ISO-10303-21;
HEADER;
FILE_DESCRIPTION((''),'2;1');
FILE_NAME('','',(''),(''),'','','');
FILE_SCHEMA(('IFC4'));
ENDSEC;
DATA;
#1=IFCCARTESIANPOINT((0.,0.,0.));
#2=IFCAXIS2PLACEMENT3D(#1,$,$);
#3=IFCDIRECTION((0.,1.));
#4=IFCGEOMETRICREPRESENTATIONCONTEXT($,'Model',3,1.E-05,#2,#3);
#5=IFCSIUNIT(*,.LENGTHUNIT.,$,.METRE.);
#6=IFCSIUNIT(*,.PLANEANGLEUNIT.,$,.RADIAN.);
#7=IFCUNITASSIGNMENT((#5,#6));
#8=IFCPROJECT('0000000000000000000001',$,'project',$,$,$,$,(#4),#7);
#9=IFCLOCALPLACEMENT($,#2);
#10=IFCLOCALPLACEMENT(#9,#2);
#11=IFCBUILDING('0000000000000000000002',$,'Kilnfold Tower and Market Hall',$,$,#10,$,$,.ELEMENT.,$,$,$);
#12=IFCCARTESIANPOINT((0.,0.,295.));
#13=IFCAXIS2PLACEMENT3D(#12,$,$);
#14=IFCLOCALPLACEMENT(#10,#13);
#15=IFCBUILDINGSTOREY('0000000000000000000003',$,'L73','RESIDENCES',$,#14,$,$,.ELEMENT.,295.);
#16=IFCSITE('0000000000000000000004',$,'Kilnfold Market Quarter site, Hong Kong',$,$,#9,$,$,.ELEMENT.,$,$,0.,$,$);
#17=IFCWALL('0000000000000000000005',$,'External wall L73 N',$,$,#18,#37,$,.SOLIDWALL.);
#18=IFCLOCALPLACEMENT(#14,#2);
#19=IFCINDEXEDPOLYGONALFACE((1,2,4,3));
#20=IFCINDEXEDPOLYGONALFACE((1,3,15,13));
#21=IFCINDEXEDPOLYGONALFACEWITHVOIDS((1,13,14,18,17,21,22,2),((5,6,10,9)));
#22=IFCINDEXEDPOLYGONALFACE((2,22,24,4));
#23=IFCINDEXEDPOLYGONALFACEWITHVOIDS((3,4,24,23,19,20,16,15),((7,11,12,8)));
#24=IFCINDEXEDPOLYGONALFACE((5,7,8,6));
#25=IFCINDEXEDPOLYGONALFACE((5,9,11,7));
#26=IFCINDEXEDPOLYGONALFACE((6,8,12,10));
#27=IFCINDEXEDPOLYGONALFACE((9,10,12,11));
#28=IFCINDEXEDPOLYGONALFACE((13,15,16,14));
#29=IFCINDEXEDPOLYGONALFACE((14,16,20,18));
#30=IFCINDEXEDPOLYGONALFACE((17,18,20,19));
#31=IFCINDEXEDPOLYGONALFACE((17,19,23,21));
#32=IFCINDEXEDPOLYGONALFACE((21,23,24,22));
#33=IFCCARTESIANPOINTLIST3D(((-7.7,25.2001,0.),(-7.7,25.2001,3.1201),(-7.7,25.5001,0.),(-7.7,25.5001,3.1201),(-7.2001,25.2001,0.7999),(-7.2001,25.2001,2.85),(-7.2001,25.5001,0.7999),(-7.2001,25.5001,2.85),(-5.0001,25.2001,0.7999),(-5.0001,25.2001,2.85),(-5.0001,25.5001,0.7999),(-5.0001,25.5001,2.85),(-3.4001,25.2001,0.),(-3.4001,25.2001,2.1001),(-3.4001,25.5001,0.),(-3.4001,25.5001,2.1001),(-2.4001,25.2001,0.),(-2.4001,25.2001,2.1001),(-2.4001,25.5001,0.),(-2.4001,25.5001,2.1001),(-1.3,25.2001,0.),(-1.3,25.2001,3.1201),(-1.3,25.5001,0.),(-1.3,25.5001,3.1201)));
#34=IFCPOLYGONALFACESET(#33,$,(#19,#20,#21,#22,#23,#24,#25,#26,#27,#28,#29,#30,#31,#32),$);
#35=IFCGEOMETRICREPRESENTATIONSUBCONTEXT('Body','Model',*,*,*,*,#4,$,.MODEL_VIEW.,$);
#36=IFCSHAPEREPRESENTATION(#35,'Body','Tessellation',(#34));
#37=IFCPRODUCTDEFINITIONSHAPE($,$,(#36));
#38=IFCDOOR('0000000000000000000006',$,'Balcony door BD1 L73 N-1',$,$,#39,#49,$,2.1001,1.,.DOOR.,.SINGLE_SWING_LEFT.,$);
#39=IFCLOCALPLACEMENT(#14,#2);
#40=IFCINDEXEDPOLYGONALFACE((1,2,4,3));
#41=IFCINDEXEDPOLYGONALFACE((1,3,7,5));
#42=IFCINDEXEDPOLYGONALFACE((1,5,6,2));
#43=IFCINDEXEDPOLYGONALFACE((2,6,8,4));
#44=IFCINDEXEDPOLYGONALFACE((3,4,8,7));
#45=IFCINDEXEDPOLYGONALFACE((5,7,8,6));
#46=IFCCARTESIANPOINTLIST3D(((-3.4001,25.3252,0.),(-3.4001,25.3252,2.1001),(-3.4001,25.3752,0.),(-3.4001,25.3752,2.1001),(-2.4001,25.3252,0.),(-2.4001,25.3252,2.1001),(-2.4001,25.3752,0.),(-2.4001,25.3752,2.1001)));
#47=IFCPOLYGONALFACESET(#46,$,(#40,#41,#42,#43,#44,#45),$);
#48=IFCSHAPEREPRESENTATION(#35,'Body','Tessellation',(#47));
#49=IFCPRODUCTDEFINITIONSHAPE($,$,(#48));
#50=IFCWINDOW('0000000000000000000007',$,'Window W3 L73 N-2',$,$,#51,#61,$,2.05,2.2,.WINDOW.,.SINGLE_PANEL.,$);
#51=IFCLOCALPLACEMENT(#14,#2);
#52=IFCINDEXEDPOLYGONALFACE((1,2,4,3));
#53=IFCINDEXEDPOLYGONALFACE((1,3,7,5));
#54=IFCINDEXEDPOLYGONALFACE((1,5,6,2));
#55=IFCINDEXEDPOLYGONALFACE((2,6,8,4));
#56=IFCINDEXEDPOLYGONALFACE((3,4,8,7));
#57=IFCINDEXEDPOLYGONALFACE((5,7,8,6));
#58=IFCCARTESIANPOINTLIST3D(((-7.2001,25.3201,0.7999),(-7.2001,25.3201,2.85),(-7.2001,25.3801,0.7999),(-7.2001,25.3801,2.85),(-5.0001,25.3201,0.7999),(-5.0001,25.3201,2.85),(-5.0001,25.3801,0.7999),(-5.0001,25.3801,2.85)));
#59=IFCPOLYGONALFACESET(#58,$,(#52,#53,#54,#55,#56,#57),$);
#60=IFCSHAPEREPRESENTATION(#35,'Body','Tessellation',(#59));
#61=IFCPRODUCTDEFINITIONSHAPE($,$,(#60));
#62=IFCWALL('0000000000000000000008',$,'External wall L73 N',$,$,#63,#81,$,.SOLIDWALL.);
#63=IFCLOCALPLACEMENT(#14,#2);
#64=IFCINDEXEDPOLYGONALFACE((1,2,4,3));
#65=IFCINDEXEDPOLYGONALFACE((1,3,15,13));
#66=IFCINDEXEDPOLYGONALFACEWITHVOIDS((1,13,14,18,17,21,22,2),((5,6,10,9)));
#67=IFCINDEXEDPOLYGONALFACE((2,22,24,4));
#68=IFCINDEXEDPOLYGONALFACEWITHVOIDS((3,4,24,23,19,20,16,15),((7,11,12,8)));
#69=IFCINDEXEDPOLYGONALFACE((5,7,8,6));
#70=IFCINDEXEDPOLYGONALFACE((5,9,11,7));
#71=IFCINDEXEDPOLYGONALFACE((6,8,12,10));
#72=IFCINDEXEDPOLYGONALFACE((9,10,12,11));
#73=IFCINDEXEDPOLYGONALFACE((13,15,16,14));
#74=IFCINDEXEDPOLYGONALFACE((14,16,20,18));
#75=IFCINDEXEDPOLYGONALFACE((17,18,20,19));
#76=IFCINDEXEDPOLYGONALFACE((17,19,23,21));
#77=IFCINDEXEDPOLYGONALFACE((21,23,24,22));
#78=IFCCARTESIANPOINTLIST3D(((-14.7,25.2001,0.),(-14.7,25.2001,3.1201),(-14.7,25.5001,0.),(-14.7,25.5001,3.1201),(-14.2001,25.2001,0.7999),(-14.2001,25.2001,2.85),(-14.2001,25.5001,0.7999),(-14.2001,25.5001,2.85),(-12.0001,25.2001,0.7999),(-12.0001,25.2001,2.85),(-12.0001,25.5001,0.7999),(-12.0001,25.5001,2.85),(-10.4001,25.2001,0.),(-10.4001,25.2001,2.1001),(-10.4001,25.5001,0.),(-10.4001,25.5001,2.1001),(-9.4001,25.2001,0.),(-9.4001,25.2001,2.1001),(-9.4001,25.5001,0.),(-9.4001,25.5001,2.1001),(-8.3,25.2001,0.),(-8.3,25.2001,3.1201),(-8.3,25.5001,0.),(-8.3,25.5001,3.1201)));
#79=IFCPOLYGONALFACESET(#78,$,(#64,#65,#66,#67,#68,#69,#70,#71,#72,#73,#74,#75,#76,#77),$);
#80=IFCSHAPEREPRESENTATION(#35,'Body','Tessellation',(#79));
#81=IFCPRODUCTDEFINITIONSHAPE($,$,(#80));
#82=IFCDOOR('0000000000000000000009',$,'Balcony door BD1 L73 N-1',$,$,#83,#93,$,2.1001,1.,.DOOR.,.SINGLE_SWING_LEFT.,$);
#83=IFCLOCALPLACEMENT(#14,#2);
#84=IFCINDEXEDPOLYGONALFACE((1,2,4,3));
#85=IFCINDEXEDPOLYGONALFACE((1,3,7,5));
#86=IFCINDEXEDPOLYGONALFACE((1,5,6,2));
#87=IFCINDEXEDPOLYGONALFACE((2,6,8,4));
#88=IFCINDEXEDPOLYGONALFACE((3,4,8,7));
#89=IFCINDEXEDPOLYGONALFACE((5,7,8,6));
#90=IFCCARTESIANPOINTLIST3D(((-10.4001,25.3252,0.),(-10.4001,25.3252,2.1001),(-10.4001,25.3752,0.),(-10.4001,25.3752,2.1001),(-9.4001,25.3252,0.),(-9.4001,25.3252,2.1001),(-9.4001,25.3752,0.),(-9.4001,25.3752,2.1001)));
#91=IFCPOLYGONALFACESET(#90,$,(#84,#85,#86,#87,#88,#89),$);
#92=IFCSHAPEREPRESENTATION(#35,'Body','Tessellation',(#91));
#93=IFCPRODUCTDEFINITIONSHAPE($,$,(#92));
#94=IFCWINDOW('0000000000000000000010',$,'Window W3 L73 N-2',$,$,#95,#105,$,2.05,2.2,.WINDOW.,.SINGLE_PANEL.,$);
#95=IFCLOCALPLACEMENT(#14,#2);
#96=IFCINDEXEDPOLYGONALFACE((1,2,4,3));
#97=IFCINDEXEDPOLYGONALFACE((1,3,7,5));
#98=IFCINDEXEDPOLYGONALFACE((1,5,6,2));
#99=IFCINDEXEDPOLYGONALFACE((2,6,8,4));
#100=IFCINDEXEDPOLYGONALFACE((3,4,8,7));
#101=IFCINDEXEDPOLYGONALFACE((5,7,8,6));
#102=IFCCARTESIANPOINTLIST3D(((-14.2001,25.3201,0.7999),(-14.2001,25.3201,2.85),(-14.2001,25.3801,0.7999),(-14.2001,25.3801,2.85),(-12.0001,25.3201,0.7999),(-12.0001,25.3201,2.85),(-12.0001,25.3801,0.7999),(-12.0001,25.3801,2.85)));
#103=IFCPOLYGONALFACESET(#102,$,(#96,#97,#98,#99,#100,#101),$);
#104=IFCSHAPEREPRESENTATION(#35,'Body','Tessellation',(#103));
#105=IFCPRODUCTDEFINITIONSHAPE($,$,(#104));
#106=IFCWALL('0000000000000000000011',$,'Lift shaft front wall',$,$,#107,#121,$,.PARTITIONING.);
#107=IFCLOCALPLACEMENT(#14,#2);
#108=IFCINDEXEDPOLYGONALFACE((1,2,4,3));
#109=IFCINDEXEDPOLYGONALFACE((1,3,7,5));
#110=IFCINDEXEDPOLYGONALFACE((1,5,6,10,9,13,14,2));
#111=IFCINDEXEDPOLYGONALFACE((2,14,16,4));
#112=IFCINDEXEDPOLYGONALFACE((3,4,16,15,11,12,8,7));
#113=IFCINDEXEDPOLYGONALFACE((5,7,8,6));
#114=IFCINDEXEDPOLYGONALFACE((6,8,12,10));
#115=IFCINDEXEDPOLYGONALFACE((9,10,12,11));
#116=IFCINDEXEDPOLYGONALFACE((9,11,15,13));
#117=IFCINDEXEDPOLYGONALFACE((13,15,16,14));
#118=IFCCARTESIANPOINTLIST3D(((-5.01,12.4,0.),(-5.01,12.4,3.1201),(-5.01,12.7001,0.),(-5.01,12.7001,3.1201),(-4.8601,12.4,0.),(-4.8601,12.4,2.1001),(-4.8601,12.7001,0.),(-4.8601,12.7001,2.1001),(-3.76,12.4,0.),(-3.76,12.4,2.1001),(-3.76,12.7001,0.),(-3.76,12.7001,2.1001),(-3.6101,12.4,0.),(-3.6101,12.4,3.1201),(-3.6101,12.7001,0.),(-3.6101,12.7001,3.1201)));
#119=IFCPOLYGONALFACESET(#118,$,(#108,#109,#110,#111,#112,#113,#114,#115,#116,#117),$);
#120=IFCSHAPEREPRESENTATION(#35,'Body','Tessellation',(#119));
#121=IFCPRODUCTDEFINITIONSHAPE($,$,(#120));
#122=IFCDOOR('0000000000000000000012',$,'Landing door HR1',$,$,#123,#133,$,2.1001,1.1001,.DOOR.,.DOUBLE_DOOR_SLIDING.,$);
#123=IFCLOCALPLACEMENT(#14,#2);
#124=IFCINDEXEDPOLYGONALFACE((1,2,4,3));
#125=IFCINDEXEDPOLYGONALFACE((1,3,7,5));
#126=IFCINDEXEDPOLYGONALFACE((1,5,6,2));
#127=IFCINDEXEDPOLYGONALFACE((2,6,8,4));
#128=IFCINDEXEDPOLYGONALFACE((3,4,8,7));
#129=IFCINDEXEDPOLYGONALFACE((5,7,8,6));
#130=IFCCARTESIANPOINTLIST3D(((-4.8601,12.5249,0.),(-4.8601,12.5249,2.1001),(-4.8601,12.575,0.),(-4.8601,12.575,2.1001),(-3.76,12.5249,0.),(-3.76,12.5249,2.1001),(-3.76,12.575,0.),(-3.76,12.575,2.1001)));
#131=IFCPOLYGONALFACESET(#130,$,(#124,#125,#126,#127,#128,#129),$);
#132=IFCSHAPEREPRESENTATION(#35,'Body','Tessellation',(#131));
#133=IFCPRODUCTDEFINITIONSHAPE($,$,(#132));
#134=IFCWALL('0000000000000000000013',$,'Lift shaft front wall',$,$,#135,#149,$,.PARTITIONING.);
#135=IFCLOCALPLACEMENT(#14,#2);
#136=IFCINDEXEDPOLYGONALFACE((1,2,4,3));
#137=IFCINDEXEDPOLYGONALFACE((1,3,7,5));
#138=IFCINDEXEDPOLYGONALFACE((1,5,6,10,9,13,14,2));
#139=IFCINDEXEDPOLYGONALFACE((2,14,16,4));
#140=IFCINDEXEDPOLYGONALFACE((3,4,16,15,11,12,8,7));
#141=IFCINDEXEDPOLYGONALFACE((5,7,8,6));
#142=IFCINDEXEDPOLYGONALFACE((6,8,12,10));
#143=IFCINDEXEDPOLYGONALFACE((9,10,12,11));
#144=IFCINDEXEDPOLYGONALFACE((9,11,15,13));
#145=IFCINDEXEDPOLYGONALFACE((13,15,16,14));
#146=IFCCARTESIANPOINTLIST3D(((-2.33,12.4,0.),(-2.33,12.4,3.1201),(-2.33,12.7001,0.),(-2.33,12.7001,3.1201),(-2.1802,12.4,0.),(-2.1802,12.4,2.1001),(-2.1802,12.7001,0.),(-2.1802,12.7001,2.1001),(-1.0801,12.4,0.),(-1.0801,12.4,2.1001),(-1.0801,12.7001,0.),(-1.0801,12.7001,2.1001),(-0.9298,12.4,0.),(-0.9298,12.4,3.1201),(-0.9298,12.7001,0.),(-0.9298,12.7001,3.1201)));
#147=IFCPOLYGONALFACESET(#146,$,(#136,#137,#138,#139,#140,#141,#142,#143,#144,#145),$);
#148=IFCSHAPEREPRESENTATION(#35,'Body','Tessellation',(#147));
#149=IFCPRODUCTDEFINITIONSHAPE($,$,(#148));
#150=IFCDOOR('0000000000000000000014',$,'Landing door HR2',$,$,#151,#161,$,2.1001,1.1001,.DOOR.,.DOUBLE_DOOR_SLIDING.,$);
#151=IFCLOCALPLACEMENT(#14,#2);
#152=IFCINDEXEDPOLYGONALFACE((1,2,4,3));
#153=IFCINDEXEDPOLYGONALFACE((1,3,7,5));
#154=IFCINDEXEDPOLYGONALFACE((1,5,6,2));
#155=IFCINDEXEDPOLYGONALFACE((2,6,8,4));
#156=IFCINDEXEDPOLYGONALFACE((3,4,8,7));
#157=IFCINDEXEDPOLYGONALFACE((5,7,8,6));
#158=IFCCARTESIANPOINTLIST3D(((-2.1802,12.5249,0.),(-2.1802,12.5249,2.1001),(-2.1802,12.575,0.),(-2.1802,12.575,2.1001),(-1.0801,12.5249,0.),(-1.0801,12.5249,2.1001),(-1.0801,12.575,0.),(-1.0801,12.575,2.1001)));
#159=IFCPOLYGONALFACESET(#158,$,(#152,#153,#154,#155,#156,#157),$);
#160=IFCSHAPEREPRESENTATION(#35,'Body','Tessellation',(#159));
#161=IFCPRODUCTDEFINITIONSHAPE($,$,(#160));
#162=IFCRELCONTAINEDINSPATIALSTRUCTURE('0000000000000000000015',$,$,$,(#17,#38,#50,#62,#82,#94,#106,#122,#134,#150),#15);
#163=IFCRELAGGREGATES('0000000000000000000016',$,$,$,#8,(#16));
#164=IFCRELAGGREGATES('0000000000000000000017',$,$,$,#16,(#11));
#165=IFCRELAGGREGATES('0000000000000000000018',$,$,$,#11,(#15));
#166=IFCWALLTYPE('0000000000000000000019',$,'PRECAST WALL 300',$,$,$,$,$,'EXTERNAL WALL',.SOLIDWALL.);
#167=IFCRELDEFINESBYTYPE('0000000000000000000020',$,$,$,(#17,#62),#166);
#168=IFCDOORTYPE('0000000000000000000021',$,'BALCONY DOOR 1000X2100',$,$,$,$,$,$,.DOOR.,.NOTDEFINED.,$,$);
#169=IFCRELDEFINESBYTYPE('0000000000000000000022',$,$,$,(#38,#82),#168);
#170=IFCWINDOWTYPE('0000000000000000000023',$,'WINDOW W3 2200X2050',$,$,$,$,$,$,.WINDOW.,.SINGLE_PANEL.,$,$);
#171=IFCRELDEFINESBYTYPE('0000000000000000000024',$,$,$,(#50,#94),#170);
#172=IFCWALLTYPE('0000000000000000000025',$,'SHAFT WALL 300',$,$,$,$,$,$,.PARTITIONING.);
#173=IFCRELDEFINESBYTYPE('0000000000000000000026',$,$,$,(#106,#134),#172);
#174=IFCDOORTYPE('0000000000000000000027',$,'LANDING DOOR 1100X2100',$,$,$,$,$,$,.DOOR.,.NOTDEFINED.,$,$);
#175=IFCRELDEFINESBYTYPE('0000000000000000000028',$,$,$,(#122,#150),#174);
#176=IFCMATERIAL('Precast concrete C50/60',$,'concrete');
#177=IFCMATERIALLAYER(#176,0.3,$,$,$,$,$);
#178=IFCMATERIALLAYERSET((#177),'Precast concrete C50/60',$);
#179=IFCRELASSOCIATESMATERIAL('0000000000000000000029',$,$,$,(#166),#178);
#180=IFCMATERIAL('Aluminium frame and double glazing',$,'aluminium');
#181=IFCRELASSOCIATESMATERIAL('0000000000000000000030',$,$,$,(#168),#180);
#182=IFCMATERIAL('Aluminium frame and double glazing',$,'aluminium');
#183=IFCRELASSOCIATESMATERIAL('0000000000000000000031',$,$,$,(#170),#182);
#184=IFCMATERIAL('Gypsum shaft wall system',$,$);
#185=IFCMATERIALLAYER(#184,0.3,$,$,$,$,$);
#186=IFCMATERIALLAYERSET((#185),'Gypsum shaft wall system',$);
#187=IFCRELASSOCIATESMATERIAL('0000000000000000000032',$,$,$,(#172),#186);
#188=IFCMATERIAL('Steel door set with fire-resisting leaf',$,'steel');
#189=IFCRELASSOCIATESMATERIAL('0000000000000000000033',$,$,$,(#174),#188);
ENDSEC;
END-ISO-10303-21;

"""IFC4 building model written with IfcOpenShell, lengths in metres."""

from ifc_helpers import new_model, si_unit, direction, frame, frame_2d, origin, place, context, subcontext, project, spatial, rectangle, extrude, source, transform, mapped, material, layer, layer_set, type_object, element, fill, save


model = new_model("IFC4")

# Units and contexts
model_context = context("Model", 3, precision=1e-05, world=origin(), true_north=direction((0.0, 1.0)))
body_context = subcontext(model_context, "Body", "Model", "MODEL_VIEW")
ifc_project = project(units=[si_unit("LENGTHUNIT", "METRE"), si_unit("PLANEANGLEUNIT", "RADIAN")], contexts=[model_context])

# Site, building, storey
site_placement = place(None, origin())
site = spatial("IfcSite", under=ifc_project, at=site_placement, Name="Kilnfold Market Quarter site, Hong Kong", CompositionType="ELEMENT", RefElevation=0.0)
building_placement = place(site_placement, origin())
building = spatial("IfcBuilding", under=site, at=building_placement, Name="Kilnfold Tower and Market Hall", CompositionType="ELEMENT")
storey_placement = place(building_placement, frame((0.0, 0.0, 295.0)))
storey = spatial("IfcBuildingStorey", under=building, at=storey_placement, Name="L73", Description="RESIDENCES", CompositionType="ELEMENT", Elevation=295.0)

# Walls, openings, doors, windows
ifc_material_1 = material(Name="Precast concrete C50/60", Category="concrete")
ifc_layer_1 = layer(ifc_material_1, 0.3)
ifc_layer_set_1 = layer_set([ifc_layer_1], Name="Precast concrete C50/60")
wall_type_1 = type_object("IfcWallType", Name="PRECAST WALL 300", ElementType="EXTERNAL WALL", PredefinedType="SOLIDWALL", material=ifc_layer_set_1)
shared_shape_1 = source(origin(), body_context, "Body", "SweptSolid", [
    extrude(rectangle(XDim=6.3999, YDim=0.3, at=frame_2d((3.2, 0.0))), origin(), (0.0, 0.0, 1.0), 3.1201),
])
wall_1_placement = place(storey_placement, frame((-1.3, 25.3501, 0.0), z_axis=(0.0, 0.0, 1.0), x_axis=(-1.0, 0.0, 0.0)))
wall_1 = element("IfcWall", 1, at=wall_1_placement, inside=storey, type_object=wall_type_1, Name="External wall L73 N", PredefinedType="SOLIDWALL", context=body_context, shape_type="MappedRepresentation", body=[
    mapped(shared_shape_1, transform((0.0, 0.0, 0.0))),
])
opening_1_placement = place(wall_1_placement, frame((1.1001, 0.0, 0.0)))
opening_1 = element("IfcOpeningElement", 2, at=opening_1_placement, cuts=wall_1, PredefinedType="OPENING", context=body_context, shape_type="SweptSolid", body=[
    extrude(rectangle(XDim=1.0, YDim=2.1001, at=frame_2d((0.5, 1.05))), frame((0.0, 0.1602, 0.0), z_axis=(0.0, -1.0, 0.0), x_axis=(1.0, 0.0, 0.0)), (0.0, 0.0, 1.0), 0.3201),
])
opening_2_placement = place(wall_1_placement, frame((3.7, 0.0, 0.8)))
opening_2 = element("IfcOpeningElement", 3, at=opening_2_placement, cuts=wall_1, PredefinedType="OPENING", context=body_context, shape_type="SweptSolid", body=[
    extrude(rectangle(XDim=2.2, YDim=2.05, at=frame_2d((1.1001, 1.0249))), frame((0.0, 0.1602, 0.0), z_axis=(0.0, -1.0, 0.0), x_axis=(1.0, 0.0, 0.0)), (0.0, 0.0, 1.0), 0.3201),
])
ifc_material_2 = material(Name="Aluminium frame and double glazing", Category="aluminium")
door_type_1 = type_object("IfcDoorType", Name="BALCONY DOOR 1000X2100", OperationType="NOTDEFINED", PredefinedType="DOOR", material=ifc_material_2)
door_1_placement = place(opening_1_placement, origin())
door_1 = element("IfcDoor", 4, at=door_1_placement, inside=storey, type_object=door_type_1, Name="Balcony door BD1 L73 N-1", OperationType="SINGLE_SWING_LEFT", OverallHeight=2.1001, OverallWidth=1.0, PredefinedType="DOOR", context=body_context, shape_type="SweptSolid", body=[
    extrude(rectangle(XDim=1.0, YDim=2.1001, at=frame_2d((0.5, 1.05))), frame((0.0, 0.0249, 0.0), z_axis=(0.0, -1.0, 0.0), x_axis=(1.0, 0.0, 0.0)), (0.0, 0.0, 1.0), 0.05),
])
fill(opening_1, door_1)
ifc_material_3 = material(Name="Aluminium frame and double glazing", Category="aluminium")
window_type = type_object("IfcWindowType", Name="WINDOW W3 2200X2050", PartitioningType="SINGLE_PANEL", PredefinedType="WINDOW", material=ifc_material_3)
window_1_placement = place(opening_2_placement, origin())
window_1 = element("IfcWindow", 5, at=window_1_placement, inside=storey, type_object=window_type, Name="Window W3 L73 N-2", OverallHeight=2.05, OverallWidth=2.2, PartitioningType="SINGLE_PANEL", PredefinedType="WINDOW", context=body_context, shape_type="SweptSolid", body=[
    extrude(rectangle(XDim=2.2, YDim=2.05, at=frame_2d((1.1001, 1.0249))), frame((0.0, 0.03, 0.0), z_axis=(0.0, -1.0, 0.0), x_axis=(1.0, 0.0, 0.0)), (0.0, 0.0, 1.0), 0.0601),
])
fill(opening_2, window_1)
wall_2_placement = place(storey_placement, frame((-8.3, 25.3501, 0.0), z_axis=(0.0, 0.0, 1.0), x_axis=(-1.0, 0.0, 0.0)))
wall_2 = element("IfcWall", 6, at=wall_2_placement, inside=storey, type_object=wall_type_1, Name="External wall L73 N", PredefinedType="SOLIDWALL", context=body_context, shape_type="MappedRepresentation", body=[
    mapped(shared_shape_1, transform((0.0, 0.0, 0.0))),
])
opening_3_placement = place(wall_2_placement, frame((1.1001, 0.0, 0.0)))
opening_3 = element("IfcOpeningElement", 7, at=opening_3_placement, cuts=wall_2, PredefinedType="OPENING", context=body_context, shape_type="SweptSolid", body=[
    extrude(rectangle(XDim=1.0, YDim=2.1001, at=frame_2d((0.5, 1.05))), frame((0.0, 0.1602, 0.0), z_axis=(0.0, -1.0, 0.0), x_axis=(1.0, 0.0, 0.0)), (0.0, 0.0, 1.0), 0.3201),
])
opening_4_placement = place(wall_2_placement, frame((3.7, 0.0, 0.8)))
opening_4 = element("IfcOpeningElement", 8, at=opening_4_placement, cuts=wall_2, PredefinedType="OPENING", context=body_context, shape_type="SweptSolid", body=[
    extrude(rectangle(XDim=2.2, YDim=2.05, at=frame_2d((1.1001, 1.0249))), frame((0.0, 0.1602, 0.0), z_axis=(0.0, -1.0, 0.0), x_axis=(1.0, 0.0, 0.0)), (0.0, 0.0, 1.0), 0.3201),
])
door_2_placement = place(opening_3_placement, origin())
door_2 = element("IfcDoor", 9, at=door_2_placement, inside=storey, type_object=door_type_1, Name="Balcony door BD1 L73 N-1", OperationType="SINGLE_SWING_LEFT", OverallHeight=2.1001, OverallWidth=1.0, PredefinedType="DOOR", context=body_context, shape_type="SweptSolid", body=[
    extrude(rectangle(XDim=1.0, YDim=2.1001, at=frame_2d((0.5, 1.05))), frame((0.0, 0.0249, 0.0), z_axis=(0.0, -1.0, 0.0), x_axis=(1.0, 0.0, 0.0)), (0.0, 0.0, 1.0), 0.05),
])
fill(opening_3, door_2)
window_2_placement = place(opening_4_placement, origin())
window_2 = element("IfcWindow", 10, at=window_2_placement, inside=storey, type_object=window_type, Name="Window W3 L73 N-2", OverallHeight=2.05, OverallWidth=2.2, PartitioningType="SINGLE_PANEL", PredefinedType="WINDOW", context=body_context, shape_type="SweptSolid", body=[
    extrude(rectangle(XDim=2.2, YDim=2.05, at=frame_2d((1.1001, 1.0249))), frame((0.0, 0.03, 0.0), z_axis=(0.0, -1.0, 0.0), x_axis=(1.0, 0.0, 0.0)), (0.0, 0.0, 1.0), 0.0601),
])
fill(opening_4, window_2)

# Walls, openings, doors
ifc_material_4 = material(Name="Gypsum shaft wall system")
ifc_layer_2 = layer(ifc_material_4, 0.3)
ifc_layer_set_2 = layer_set([ifc_layer_2], Name="Gypsum shaft wall system")
wall_type_2 = type_object("IfcWallType", Name="SHAFT WALL 300", PredefinedType="PARTITIONING", material=ifc_layer_set_2)
shared_shape_2 = source(origin(), body_context, "Body", "SweptSolid", [
    extrude(rectangle(XDim=1.3999, YDim=0.3, at=frame_2d((0.7, 0.0))), origin(), (0.0, 0.0, 1.0), 3.1201),
])
wall_3_placement = place(storey_placement, frame((-5.01, 12.55, 0.0), z_axis=(0.0, 0.0, 1.0), x_axis=(1.0, 0.0, 0.0)))
wall_3 = element("IfcWall", 11, at=wall_3_placement, inside=storey, type_object=wall_type_2, Name="Lift shaft front wall", PredefinedType="PARTITIONING", context=body_context, shape_type="MappedRepresentation", body=[
    mapped(shared_shape_2, transform((0.0, 0.0, 0.0))),
])
opening_5_placement = place(wall_3_placement, frame((0.1499, 0.0, 0.0)))
opening_5 = element("IfcOpeningElement", 12, at=opening_5_placement, cuts=wall_3, PredefinedType="OPENING", context=body_context, shape_type="SweptSolid", body=[
    extrude(rectangle(XDim=1.1001, YDim=2.1001, at=frame_2d((0.55, 1.05))), frame((0.0, 0.1602, 0.0), z_axis=(0.0, -1.0, 0.0), x_axis=(1.0, 0.0, 0.0)), (0.0, 0.0, 1.0), 0.3201),
])
ifc_material_5 = material(Name="Steel door set with fire-resisting leaf", Category="steel")
door_type_2 = type_object("IfcDoorType", Name="LANDING DOOR 1100X2100", OperationType="NOTDEFINED", PredefinedType="DOOR", material=ifc_material_5)
door_3_placement = place(opening_5_placement, origin())
door_3 = element("IfcDoor", 13, at=door_3_placement, inside=storey, type_object=door_type_2, Name="Landing door HR1", OperationType="DOUBLE_DOOR_SLIDING", OverallHeight=2.1001, OverallWidth=1.1001, PredefinedType="DOOR", context=body_context, shape_type="SweptSolid", body=[
    extrude(rectangle(XDim=1.1001, YDim=2.1001, at=frame_2d((0.55, 1.05))), frame((0.0, 0.0249, 0.0), z_axis=(0.0, -1.0, 0.0), x_axis=(1.0, 0.0, 0.0)), (0.0, 0.0, 1.0), 0.05),
])
fill(opening_5, door_3)
shared_shape_3 = source(origin(), body_context, "Body", "SweptSolid", [
    extrude(rectangle(XDim=1.4001, YDim=0.3, at=frame_2d((0.7002, 0.0))), origin(), (0.0, 0.0, 1.0), 3.1201),
])
wall_4_placement = place(storey_placement, frame((-2.3301, 12.55, 0.0), z_axis=(0.0, 0.0, 1.0), x_axis=(1.0, 0.0, 0.0)))
wall_4 = element("IfcWall", 14, at=wall_4_placement, inside=storey, type_object=wall_type_2, Name="Lift shaft front wall", PredefinedType="PARTITIONING", context=body_context, shape_type="MappedRepresentation", body=[
    mapped(shared_shape_3, transform((0.0, 0.0, 0.0))),
])
opening_6_placement = place(wall_4_placement, frame((0.1499, 0.0, 0.0)))
opening_6 = element("IfcOpeningElement", 15, at=opening_6_placement, cuts=wall_4, PredefinedType="OPENING", context=body_context, shape_type="SweptSolid", body=[
    extrude(rectangle(XDim=1.1001, YDim=2.1001, at=frame_2d((0.55, 1.05))), frame((0.0, 0.1602, 0.0), z_axis=(0.0, -1.0, 0.0), x_axis=(1.0, 0.0, 0.0)), (0.0, 0.0, 1.0), 0.3201),
])
door_4_placement = place(opening_6_placement, origin())
door_4 = element("IfcDoor", 16, at=door_4_placement, inside=storey, type_object=door_type_2, Name="Landing door HR2", OperationType="DOUBLE_DOOR_SLIDING", OverallHeight=2.1001, OverallWidth=1.1001, PredefinedType="DOOR", context=body_context, shape_type="SweptSolid", body=[
    extrude(rectangle(XDim=1.1001, YDim=2.1001, at=frame_2d((0.55, 1.05))), frame((0.0, 0.0249, 0.0), z_axis=(0.0, -1.0, 0.0), x_axis=(1.0, 0.0, 0.0)), (0.0, 0.0, 1.0), 0.05),
])
fill(opening_6, door_4)

save(model, "model.ifc")
